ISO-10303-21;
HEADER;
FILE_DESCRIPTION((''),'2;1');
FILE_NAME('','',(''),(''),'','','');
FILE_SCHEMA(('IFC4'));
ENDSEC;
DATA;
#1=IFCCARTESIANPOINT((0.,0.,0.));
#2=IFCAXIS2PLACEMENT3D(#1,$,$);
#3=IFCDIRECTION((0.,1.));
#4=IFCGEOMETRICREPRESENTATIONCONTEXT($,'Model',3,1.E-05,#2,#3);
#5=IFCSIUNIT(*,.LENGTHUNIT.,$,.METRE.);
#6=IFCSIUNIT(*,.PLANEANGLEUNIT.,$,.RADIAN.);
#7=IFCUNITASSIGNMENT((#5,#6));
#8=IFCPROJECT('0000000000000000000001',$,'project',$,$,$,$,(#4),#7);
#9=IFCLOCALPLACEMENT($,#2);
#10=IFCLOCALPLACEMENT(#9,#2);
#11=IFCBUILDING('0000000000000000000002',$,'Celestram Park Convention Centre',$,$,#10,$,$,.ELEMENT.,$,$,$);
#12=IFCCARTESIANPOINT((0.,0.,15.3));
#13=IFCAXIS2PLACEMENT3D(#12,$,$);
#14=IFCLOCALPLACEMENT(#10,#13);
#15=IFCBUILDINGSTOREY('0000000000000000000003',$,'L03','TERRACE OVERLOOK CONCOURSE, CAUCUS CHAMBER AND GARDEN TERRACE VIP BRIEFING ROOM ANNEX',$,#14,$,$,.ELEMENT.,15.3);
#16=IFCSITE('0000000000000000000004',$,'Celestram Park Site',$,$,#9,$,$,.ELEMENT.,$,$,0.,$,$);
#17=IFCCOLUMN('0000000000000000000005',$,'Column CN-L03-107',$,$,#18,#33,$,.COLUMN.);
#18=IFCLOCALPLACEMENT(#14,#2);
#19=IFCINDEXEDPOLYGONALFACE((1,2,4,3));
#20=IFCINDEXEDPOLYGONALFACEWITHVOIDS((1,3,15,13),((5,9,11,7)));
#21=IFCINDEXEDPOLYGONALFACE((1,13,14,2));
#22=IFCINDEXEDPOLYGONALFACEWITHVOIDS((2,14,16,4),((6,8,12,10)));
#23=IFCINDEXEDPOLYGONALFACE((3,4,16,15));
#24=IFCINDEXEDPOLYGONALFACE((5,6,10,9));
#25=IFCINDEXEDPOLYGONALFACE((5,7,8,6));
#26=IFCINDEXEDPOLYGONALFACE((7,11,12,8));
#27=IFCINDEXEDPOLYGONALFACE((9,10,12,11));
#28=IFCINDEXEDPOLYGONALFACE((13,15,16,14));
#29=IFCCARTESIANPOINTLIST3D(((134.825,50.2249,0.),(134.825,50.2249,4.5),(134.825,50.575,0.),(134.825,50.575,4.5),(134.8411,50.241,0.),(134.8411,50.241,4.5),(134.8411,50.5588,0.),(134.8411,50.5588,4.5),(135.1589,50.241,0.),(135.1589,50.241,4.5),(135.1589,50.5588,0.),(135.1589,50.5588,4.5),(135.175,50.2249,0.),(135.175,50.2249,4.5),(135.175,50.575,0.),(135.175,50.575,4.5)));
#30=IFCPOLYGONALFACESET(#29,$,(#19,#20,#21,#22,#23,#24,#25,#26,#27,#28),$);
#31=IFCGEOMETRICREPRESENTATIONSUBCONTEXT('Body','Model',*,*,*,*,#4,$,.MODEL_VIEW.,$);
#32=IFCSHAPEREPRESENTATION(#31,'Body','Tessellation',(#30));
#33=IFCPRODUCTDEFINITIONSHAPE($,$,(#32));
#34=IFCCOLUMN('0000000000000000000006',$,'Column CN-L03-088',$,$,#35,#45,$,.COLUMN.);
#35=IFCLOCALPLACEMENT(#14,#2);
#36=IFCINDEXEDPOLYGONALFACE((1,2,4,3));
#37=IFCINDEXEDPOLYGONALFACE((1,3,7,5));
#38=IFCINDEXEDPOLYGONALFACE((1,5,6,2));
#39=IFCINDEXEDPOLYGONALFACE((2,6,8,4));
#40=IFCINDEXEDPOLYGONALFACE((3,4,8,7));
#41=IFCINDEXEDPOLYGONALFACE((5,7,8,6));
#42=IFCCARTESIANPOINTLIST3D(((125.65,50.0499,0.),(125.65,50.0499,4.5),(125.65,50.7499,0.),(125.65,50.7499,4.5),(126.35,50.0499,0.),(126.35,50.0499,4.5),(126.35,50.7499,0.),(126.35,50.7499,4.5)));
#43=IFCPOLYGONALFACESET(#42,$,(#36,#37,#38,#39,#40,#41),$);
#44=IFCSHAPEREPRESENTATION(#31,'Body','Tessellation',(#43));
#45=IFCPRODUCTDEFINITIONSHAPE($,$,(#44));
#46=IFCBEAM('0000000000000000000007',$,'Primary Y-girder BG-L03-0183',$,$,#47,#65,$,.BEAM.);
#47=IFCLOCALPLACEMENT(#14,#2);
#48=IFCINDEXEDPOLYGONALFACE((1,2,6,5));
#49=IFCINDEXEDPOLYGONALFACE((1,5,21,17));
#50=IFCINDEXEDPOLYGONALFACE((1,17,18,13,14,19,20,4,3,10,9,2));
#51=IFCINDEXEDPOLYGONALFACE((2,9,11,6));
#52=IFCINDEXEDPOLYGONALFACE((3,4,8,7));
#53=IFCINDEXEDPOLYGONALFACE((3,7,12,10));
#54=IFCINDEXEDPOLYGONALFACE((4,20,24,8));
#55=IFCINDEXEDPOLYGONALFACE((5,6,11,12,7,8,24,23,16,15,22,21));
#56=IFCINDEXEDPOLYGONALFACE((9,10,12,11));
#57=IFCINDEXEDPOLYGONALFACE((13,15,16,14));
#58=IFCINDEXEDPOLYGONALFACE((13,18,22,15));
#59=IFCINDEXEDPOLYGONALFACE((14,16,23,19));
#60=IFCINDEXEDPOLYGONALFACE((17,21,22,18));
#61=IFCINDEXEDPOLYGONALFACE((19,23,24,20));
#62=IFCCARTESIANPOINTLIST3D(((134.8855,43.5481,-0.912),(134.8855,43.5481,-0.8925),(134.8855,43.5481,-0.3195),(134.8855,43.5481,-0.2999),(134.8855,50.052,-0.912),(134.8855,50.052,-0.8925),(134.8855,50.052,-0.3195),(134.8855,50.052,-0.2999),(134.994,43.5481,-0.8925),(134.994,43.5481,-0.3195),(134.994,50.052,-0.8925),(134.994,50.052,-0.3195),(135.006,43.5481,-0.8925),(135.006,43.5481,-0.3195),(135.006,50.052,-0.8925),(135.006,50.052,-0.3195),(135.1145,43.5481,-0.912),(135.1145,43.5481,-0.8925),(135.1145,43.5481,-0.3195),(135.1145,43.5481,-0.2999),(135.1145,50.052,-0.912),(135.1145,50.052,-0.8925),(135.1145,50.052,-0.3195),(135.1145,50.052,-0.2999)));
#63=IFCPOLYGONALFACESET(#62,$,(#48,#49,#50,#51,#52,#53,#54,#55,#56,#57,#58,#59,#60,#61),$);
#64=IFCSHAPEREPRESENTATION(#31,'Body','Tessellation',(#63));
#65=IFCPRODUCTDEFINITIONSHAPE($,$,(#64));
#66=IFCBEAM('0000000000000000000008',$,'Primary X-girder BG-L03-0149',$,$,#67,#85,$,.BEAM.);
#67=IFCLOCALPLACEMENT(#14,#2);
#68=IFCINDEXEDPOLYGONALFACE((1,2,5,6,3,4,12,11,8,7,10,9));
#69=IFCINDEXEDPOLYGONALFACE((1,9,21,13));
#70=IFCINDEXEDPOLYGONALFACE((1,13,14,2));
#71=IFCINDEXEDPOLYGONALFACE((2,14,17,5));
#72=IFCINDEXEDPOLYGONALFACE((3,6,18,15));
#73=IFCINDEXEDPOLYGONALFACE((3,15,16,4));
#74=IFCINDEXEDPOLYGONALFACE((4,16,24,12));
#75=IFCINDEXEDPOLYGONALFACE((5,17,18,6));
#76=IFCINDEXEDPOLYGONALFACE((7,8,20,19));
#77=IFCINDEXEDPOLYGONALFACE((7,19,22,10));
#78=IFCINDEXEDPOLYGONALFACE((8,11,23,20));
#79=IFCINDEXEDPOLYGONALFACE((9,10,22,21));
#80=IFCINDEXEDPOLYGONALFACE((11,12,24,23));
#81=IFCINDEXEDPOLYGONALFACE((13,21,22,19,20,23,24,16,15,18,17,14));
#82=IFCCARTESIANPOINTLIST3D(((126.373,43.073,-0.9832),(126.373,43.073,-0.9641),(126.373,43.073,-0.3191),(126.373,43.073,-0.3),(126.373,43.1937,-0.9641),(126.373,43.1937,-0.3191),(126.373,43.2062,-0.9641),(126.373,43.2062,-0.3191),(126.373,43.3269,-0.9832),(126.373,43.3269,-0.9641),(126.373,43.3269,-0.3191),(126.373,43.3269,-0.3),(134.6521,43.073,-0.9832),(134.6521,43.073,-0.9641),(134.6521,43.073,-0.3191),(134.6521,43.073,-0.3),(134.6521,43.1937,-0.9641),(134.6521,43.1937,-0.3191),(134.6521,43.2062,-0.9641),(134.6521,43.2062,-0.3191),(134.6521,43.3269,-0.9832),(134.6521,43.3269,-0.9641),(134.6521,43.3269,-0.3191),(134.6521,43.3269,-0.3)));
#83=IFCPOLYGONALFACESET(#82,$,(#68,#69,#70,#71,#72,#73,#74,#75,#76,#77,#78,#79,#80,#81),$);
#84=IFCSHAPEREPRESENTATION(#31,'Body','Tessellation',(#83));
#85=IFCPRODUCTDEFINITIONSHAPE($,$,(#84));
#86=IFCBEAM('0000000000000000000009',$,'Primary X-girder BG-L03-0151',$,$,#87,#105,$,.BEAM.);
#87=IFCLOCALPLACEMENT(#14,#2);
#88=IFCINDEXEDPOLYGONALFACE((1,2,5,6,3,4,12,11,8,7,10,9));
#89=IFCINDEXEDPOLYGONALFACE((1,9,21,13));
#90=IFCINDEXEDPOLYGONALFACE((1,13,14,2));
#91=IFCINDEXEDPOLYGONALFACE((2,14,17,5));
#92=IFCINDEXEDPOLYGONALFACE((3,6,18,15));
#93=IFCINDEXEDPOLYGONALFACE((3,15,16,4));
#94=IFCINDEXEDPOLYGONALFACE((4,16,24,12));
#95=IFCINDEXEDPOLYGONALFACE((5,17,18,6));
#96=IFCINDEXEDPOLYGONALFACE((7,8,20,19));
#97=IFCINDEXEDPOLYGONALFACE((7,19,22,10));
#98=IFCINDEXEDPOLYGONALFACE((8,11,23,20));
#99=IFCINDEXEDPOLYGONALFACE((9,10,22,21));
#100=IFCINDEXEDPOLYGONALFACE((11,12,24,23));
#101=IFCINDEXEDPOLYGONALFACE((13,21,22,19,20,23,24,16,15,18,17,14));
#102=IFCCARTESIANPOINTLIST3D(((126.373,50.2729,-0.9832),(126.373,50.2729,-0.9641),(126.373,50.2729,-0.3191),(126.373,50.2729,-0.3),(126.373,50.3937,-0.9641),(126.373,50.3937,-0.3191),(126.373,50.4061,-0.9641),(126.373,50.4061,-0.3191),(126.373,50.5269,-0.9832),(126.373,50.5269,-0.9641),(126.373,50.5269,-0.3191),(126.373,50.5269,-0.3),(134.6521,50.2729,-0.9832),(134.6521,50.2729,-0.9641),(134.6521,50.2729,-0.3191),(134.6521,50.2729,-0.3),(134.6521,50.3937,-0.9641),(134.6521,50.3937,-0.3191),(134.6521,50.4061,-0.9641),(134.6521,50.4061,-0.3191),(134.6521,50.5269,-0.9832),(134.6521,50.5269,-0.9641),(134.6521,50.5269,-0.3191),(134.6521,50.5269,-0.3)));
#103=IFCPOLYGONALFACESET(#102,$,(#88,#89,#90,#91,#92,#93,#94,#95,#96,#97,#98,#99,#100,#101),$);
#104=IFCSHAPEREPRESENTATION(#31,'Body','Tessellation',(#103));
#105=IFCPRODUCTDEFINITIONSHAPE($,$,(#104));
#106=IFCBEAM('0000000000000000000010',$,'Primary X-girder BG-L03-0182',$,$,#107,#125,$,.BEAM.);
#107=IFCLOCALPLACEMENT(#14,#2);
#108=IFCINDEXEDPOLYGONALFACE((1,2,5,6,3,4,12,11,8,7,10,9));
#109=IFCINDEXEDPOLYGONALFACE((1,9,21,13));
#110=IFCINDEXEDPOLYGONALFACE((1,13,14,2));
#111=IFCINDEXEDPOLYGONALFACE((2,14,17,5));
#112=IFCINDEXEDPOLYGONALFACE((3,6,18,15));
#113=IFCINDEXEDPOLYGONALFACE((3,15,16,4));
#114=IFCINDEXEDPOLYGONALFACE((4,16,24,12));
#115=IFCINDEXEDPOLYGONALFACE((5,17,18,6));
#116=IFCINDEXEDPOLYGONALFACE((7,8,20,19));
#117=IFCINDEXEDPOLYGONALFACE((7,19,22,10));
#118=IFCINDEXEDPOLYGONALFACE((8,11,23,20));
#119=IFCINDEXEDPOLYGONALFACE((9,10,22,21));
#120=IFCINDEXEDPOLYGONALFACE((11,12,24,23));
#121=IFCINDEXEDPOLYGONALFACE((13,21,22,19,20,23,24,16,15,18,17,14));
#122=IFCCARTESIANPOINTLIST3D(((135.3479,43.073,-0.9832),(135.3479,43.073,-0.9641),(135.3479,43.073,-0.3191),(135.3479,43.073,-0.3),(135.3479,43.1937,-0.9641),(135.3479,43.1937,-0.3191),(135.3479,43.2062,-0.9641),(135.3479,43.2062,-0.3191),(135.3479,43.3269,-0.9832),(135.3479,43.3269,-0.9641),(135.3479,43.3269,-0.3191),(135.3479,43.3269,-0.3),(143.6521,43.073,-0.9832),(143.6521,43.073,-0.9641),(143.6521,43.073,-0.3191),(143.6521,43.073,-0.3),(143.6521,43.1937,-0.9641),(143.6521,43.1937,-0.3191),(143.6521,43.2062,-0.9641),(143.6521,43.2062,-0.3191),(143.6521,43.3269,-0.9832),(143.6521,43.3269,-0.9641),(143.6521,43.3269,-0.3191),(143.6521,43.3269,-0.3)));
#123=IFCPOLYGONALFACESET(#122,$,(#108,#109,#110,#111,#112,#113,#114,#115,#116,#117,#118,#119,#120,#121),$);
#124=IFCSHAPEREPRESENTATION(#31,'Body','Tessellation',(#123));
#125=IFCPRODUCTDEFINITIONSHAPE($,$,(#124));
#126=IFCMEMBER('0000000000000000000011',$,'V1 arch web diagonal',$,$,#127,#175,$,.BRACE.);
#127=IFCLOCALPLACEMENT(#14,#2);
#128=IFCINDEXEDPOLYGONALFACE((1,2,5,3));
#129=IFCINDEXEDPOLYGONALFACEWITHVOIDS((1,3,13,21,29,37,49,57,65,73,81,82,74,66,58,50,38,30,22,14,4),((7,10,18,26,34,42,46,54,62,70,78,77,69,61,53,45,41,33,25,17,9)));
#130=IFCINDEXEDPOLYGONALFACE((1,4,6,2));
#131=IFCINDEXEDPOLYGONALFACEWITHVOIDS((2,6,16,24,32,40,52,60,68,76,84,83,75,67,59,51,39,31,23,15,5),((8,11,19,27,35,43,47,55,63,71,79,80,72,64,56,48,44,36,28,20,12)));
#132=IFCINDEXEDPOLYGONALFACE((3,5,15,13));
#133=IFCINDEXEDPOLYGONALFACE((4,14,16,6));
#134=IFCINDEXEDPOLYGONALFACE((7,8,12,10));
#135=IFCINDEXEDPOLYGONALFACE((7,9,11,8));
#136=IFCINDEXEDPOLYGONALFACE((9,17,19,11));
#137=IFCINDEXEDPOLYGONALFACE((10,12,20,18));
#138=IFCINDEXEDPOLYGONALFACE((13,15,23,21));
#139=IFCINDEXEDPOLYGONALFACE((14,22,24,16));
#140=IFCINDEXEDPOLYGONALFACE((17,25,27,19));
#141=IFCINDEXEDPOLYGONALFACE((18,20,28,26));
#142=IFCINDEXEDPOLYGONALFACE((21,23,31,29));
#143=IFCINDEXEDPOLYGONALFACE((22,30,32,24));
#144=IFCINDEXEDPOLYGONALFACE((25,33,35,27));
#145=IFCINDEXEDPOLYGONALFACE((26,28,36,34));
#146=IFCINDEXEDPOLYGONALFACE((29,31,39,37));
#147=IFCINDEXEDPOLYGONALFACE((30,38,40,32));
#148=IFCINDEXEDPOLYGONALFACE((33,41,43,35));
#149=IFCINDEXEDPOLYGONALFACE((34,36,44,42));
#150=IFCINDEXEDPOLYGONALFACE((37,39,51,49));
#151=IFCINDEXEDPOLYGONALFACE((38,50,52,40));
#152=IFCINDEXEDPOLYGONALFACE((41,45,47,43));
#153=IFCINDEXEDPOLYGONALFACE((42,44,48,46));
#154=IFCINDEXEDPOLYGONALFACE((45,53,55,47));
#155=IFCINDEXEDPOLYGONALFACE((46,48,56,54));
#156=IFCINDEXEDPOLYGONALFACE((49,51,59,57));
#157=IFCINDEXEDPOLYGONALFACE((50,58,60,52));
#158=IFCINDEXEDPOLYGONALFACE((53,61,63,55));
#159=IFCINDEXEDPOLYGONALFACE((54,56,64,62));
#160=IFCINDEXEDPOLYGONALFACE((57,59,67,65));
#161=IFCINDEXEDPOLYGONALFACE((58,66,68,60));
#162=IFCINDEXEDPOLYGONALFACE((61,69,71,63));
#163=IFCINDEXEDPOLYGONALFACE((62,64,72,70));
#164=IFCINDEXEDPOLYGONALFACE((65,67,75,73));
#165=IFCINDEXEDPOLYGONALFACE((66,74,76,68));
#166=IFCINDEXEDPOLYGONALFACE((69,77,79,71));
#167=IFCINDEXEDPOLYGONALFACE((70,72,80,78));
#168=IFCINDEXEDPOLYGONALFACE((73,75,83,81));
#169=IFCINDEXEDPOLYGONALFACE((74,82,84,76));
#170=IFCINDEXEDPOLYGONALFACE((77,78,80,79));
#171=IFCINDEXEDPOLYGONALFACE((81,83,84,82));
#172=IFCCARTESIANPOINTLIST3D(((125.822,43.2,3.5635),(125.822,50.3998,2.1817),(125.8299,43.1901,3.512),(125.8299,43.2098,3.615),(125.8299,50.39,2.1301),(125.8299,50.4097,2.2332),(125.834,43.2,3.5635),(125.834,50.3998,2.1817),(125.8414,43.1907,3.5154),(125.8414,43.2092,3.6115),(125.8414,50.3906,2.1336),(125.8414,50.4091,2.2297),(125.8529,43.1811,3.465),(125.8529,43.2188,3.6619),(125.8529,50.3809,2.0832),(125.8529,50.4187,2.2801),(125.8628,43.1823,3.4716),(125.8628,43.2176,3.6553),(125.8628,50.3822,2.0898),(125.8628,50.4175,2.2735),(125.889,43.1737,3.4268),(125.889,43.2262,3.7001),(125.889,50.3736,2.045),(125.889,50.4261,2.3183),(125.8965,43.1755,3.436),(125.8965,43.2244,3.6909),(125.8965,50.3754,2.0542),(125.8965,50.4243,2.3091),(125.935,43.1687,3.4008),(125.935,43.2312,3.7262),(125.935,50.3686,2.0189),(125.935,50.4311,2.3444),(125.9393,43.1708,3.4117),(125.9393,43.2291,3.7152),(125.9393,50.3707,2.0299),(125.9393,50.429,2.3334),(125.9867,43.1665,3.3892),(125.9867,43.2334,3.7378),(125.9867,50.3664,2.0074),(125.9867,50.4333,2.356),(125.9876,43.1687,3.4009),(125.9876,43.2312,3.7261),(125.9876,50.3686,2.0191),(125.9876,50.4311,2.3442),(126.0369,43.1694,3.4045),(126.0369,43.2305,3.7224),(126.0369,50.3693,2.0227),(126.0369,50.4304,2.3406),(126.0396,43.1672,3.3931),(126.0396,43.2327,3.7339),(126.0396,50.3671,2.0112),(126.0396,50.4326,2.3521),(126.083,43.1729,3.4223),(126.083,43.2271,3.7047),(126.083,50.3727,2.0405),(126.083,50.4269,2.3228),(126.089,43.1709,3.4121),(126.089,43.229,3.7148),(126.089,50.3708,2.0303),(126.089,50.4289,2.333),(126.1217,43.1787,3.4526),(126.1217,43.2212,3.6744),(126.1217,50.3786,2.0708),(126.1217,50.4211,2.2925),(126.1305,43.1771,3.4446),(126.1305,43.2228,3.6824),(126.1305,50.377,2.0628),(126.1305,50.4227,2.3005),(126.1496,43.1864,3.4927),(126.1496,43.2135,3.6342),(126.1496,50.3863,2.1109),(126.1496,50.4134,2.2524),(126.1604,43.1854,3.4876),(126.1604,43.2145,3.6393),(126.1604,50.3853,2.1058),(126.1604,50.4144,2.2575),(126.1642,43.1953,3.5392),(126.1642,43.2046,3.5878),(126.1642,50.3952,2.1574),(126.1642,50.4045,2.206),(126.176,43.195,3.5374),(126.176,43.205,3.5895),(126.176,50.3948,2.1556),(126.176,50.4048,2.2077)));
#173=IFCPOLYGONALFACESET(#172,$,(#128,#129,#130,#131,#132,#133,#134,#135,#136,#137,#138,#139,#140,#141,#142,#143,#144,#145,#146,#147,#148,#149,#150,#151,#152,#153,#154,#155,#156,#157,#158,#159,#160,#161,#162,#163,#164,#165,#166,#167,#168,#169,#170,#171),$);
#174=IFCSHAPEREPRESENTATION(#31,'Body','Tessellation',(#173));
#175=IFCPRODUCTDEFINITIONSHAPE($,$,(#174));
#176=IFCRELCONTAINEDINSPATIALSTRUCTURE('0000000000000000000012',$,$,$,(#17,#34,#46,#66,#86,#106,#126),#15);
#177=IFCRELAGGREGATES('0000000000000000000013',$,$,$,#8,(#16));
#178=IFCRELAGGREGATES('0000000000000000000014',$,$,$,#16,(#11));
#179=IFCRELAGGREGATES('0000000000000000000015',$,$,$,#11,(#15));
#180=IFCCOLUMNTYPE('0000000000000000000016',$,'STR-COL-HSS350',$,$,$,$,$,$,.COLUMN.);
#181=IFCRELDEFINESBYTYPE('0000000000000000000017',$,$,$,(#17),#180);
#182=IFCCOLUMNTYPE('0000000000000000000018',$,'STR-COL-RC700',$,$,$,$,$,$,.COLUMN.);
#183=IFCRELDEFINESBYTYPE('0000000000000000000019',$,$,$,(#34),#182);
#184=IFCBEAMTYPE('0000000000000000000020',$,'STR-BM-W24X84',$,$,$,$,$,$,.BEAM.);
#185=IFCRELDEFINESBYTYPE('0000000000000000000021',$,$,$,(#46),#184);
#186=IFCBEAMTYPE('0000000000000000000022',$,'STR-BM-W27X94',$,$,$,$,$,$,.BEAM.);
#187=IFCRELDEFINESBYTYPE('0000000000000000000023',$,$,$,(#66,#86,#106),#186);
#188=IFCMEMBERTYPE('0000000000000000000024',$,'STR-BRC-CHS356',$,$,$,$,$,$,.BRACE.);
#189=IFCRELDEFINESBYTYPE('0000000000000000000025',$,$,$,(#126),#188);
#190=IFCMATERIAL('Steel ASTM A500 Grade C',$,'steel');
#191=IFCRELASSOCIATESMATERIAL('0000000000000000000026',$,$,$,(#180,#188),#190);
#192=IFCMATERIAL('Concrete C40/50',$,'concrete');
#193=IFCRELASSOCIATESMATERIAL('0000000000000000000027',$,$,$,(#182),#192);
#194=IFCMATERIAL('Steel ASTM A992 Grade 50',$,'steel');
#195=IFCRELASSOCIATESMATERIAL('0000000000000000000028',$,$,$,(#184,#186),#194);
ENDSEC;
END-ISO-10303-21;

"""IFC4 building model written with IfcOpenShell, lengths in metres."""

from ifc_helpers import new_model, si_unit, direction, frame, origin, origin_2d, place, context, subcontext, project, spatial, rectangle, hollow_rectangle, hollow_circle, i_section, extrude, material, material_profile, profile_set, type_object, element, save


model = new_model("IFC4")

# Units and contexts
model_context = context("Model", 3, precision=1e-05, world=origin(), true_north=direction((0.0, 1.0)))
body_context = subcontext(model_context, "Body", "Model", "MODEL_VIEW")
ifc_project = project(units=[si_unit("LENGTHUNIT", "METRE"), si_unit("PLANEANGLEUNIT", "RADIAN")], contexts=[model_context])

# Site, building, storey
site_placement = place(None, origin())
site = spatial("IfcSite", under=ifc_project, at=site_placement, Name="Celestram Park Site", CompositionType="ELEMENT", RefElevation=0.0)
building_placement = place(site_placement, origin())
building = spatial("IfcBuilding", under=site, at=building_placement, Name="Celestram Park Convention Centre", CompositionType="ELEMENT")
storey_placement = place(building_placement, frame((0.0, 0.0, 15.3)))
storey = spatial("IfcBuildingStorey", under=building, at=storey_placement, Name="L03", Description="TERRACE OVERLOOK CONCOURSE, CAUCUS CHAMBER AND GARDEN TERRACE VIP BRIEFING ROOM ANNEX", CompositionType="ELEMENT", Elevation=15.3)

# Columns
ifc_material_1 = material(Name="Steel ASTM A500 Grade C", Category="steel")
ifc_material_profile_1 = material_profile(ifc_material_1, hollow_rectangle(XDim=0.3501, YDim=0.3501, WallThickness=0.0161, at=origin_2d()), Name="HSS350X350X16")
ifc_profile_set_1 = profile_set([ifc_material_profile_1], Name="Steel ASTM A500 Grade C")
column_type_1 = type_object("IfcColumnType", Name="STR-COL-HSS350", PredefinedType="COLUMN", material=ifc_profile_set_1)
column_1_placement = place(storey_placement, frame((135.0, 50.3999, 0.0), z_axis=(0.0, 0.0, 1.0), x_axis=(1.0, 0.0, 0.0)))
element("IfcColumn", 1, at=column_1_placement, inside=storey, type_object=column_type_1, Name="Column CN-L03-107", PredefinedType="COLUMN", context=body_context, shape_type="SweptSolid", body=[
    extrude(hollow_rectangle(XDim=0.3501, YDim=0.3501, WallThickness=0.0161, at=origin_2d()), origin(), (0.0, 0.0, 1.0), 4.5),
])
ifc_material_2 = material(Name="Concrete C40/50", Category="concrete")
ifc_material_profile_2 = material_profile(ifc_material_2, rectangle(XDim=0.7, YDim=0.7, at=origin_2d()), Name="RC700X700")
ifc_profile_set_2 = profile_set([ifc_material_profile_2], Name="Concrete C40/50")
column_type_2 = type_object("IfcColumnType", Name="STR-COL-RC700", PredefinedType="COLUMN", material=ifc_profile_set_2)
column_2_placement = place(storey_placement, frame((126.0, 50.3999, 0.0), z_axis=(0.0, 0.0, 1.0), x_axis=(1.0, 0.0, 0.0)))
element("IfcColumn", 2, at=column_2_placement, inside=storey, type_object=column_type_2, Name="Column CN-L03-088", PredefinedType="COLUMN", context=body_context, shape_type="SweptSolid", body=[
    extrude(rectangle(XDim=0.7, YDim=0.7, at=origin_2d()), origin(), (0.0, 0.0, 1.0), 4.5),
])

# Beams
ifc_material_3 = material(Name="Steel ASTM A992 Grade 50", Category="steel")
ifc_material_profile_3 = material_profile(ifc_material_3, i_section(OverallWidth=0.229, OverallDepth=0.6121, WebThickness=0.012, FlangeThickness=0.0195, at=origin_2d()), Name="W24X84")
ifc_profile_set_3 = profile_set([ifc_material_profile_3], Name="Steel ASTM A992 Grade 50")
beam_type_1 = type_object("IfcBeamType", Name="STR-BM-W24X84", PredefinedType="BEAM", material=ifc_profile_set_3)
beam_1_placement = place(storey_placement, frame((135.0, 43.5481, -0.606), z_axis=(0.0, 1.0, 0.0), x_axis=(-1.0, 0.0, 0.0)))
element("IfcBeam", 3, at=beam_1_placement, inside=storey, type_object=beam_type_1, Name="Primary Y-girder BG-L03-0183", PredefinedType="BEAM", context=body_context, shape_type="SweptSolid", body=[
    extrude(i_section(OverallWidth=0.229, OverallDepth=0.6121, WebThickness=0.012, FlangeThickness=0.0195, at=origin_2d()), origin(), (0.0, 0.0, 1.0), 6.5039),
])
ifc_material_profile_4 = material_profile(ifc_material_3, i_section(OverallWidth=0.2539, OverallDepth=0.6831, WebThickness=0.0125, FlangeThickness=0.019, at=origin_2d()), Name="W27X94")
ifc_profile_set_4 = profile_set([ifc_material_profile_4], Name="Steel ASTM A992 Grade 50")
beam_type_2 = type_object("IfcBeamType", Name="STR-BM-W27X94", PredefinedType="BEAM", material=ifc_profile_set_4)
for number, where, z_axis, x_axis, name in (
    (4, (126.373, 43.2, -0.6416), (1.0, 0.0, 0.0), (0.0, 1.0, 0.0), "Primary X-girder BG-L03-0149"),
    (5, (126.373, 50.3999, -0.6416), (1.0, 0.0, 0.0), (0.0, 1.0, 0.0), "Primary X-girder BG-L03-0151"),
):
    element("IfcBeam", number, at=place(storey_placement, frame(where, z_axis=z_axis, x_axis=x_axis)), inside=storey, type_object=beam_type_2, Name=name, PredefinedType="BEAM", context=body_context, shape_type="SweptSolid", body=[
        extrude(i_section(OverallWidth=0.2539, OverallDepth=0.6831, WebThickness=0.0125, FlangeThickness=0.019, at=origin_2d()), origin(), (0.0, 0.0, 1.0), 8.2791),
    ])
beam_2_placement = place(storey_placement, frame((135.3479, 43.2, -0.6416), z_axis=(1.0, 0.0, 0.0), x_axis=(0.0, 1.0, 0.0)))
element("IfcBeam", 6, at=beam_2_placement, inside=storey, type_object=beam_type_2, Name="Primary X-girder BG-L03-0182", PredefinedType="BEAM", context=body_context, shape_type="SweptSolid", body=[
    extrude(i_section(OverallWidth=0.2539, OverallDepth=0.6831, WebThickness=0.0125, FlangeThickness=0.019, at=origin_2d()), origin(), (0.0, 0.0, 1.0), 8.3042),
])

# Member
ifc_material_profile_5 = material_profile(ifc_material_1, hollow_circle(Radius=0.178, WallThickness=0.012, at=origin_2d()), Name="CHS356X12")
ifc_profile_set_5 = profile_set([ifc_material_profile_5], Name="Steel ASTM A500 Grade C")
member_type_1 = type_object("IfcMemberType", Name="STR-BRC-CHS356", PredefinedType="BRACE", material=ifc_profile_set_5)
member_1_placement = place(storey_placement, frame((126.0, 43.2, 3.5635), z_axis=(0.0, 0.982076, -0.188483), x_axis=(-1.0, 0.0, 0.0)))
element("IfcMember", 7, at=member_1_placement, inside=storey, type_object=member_type_1, Name="V1 arch web diagonal", PredefinedType="BRACE", context=body_context, shape_type="SweptSolid", body=[
    extrude(hollow_circle(Radius=0.178, WallThickness=0.012, at=origin_2d()), origin(), (0.0, 0.0, 1.0), 7.3313),
])

save(model, "model.ifc")
